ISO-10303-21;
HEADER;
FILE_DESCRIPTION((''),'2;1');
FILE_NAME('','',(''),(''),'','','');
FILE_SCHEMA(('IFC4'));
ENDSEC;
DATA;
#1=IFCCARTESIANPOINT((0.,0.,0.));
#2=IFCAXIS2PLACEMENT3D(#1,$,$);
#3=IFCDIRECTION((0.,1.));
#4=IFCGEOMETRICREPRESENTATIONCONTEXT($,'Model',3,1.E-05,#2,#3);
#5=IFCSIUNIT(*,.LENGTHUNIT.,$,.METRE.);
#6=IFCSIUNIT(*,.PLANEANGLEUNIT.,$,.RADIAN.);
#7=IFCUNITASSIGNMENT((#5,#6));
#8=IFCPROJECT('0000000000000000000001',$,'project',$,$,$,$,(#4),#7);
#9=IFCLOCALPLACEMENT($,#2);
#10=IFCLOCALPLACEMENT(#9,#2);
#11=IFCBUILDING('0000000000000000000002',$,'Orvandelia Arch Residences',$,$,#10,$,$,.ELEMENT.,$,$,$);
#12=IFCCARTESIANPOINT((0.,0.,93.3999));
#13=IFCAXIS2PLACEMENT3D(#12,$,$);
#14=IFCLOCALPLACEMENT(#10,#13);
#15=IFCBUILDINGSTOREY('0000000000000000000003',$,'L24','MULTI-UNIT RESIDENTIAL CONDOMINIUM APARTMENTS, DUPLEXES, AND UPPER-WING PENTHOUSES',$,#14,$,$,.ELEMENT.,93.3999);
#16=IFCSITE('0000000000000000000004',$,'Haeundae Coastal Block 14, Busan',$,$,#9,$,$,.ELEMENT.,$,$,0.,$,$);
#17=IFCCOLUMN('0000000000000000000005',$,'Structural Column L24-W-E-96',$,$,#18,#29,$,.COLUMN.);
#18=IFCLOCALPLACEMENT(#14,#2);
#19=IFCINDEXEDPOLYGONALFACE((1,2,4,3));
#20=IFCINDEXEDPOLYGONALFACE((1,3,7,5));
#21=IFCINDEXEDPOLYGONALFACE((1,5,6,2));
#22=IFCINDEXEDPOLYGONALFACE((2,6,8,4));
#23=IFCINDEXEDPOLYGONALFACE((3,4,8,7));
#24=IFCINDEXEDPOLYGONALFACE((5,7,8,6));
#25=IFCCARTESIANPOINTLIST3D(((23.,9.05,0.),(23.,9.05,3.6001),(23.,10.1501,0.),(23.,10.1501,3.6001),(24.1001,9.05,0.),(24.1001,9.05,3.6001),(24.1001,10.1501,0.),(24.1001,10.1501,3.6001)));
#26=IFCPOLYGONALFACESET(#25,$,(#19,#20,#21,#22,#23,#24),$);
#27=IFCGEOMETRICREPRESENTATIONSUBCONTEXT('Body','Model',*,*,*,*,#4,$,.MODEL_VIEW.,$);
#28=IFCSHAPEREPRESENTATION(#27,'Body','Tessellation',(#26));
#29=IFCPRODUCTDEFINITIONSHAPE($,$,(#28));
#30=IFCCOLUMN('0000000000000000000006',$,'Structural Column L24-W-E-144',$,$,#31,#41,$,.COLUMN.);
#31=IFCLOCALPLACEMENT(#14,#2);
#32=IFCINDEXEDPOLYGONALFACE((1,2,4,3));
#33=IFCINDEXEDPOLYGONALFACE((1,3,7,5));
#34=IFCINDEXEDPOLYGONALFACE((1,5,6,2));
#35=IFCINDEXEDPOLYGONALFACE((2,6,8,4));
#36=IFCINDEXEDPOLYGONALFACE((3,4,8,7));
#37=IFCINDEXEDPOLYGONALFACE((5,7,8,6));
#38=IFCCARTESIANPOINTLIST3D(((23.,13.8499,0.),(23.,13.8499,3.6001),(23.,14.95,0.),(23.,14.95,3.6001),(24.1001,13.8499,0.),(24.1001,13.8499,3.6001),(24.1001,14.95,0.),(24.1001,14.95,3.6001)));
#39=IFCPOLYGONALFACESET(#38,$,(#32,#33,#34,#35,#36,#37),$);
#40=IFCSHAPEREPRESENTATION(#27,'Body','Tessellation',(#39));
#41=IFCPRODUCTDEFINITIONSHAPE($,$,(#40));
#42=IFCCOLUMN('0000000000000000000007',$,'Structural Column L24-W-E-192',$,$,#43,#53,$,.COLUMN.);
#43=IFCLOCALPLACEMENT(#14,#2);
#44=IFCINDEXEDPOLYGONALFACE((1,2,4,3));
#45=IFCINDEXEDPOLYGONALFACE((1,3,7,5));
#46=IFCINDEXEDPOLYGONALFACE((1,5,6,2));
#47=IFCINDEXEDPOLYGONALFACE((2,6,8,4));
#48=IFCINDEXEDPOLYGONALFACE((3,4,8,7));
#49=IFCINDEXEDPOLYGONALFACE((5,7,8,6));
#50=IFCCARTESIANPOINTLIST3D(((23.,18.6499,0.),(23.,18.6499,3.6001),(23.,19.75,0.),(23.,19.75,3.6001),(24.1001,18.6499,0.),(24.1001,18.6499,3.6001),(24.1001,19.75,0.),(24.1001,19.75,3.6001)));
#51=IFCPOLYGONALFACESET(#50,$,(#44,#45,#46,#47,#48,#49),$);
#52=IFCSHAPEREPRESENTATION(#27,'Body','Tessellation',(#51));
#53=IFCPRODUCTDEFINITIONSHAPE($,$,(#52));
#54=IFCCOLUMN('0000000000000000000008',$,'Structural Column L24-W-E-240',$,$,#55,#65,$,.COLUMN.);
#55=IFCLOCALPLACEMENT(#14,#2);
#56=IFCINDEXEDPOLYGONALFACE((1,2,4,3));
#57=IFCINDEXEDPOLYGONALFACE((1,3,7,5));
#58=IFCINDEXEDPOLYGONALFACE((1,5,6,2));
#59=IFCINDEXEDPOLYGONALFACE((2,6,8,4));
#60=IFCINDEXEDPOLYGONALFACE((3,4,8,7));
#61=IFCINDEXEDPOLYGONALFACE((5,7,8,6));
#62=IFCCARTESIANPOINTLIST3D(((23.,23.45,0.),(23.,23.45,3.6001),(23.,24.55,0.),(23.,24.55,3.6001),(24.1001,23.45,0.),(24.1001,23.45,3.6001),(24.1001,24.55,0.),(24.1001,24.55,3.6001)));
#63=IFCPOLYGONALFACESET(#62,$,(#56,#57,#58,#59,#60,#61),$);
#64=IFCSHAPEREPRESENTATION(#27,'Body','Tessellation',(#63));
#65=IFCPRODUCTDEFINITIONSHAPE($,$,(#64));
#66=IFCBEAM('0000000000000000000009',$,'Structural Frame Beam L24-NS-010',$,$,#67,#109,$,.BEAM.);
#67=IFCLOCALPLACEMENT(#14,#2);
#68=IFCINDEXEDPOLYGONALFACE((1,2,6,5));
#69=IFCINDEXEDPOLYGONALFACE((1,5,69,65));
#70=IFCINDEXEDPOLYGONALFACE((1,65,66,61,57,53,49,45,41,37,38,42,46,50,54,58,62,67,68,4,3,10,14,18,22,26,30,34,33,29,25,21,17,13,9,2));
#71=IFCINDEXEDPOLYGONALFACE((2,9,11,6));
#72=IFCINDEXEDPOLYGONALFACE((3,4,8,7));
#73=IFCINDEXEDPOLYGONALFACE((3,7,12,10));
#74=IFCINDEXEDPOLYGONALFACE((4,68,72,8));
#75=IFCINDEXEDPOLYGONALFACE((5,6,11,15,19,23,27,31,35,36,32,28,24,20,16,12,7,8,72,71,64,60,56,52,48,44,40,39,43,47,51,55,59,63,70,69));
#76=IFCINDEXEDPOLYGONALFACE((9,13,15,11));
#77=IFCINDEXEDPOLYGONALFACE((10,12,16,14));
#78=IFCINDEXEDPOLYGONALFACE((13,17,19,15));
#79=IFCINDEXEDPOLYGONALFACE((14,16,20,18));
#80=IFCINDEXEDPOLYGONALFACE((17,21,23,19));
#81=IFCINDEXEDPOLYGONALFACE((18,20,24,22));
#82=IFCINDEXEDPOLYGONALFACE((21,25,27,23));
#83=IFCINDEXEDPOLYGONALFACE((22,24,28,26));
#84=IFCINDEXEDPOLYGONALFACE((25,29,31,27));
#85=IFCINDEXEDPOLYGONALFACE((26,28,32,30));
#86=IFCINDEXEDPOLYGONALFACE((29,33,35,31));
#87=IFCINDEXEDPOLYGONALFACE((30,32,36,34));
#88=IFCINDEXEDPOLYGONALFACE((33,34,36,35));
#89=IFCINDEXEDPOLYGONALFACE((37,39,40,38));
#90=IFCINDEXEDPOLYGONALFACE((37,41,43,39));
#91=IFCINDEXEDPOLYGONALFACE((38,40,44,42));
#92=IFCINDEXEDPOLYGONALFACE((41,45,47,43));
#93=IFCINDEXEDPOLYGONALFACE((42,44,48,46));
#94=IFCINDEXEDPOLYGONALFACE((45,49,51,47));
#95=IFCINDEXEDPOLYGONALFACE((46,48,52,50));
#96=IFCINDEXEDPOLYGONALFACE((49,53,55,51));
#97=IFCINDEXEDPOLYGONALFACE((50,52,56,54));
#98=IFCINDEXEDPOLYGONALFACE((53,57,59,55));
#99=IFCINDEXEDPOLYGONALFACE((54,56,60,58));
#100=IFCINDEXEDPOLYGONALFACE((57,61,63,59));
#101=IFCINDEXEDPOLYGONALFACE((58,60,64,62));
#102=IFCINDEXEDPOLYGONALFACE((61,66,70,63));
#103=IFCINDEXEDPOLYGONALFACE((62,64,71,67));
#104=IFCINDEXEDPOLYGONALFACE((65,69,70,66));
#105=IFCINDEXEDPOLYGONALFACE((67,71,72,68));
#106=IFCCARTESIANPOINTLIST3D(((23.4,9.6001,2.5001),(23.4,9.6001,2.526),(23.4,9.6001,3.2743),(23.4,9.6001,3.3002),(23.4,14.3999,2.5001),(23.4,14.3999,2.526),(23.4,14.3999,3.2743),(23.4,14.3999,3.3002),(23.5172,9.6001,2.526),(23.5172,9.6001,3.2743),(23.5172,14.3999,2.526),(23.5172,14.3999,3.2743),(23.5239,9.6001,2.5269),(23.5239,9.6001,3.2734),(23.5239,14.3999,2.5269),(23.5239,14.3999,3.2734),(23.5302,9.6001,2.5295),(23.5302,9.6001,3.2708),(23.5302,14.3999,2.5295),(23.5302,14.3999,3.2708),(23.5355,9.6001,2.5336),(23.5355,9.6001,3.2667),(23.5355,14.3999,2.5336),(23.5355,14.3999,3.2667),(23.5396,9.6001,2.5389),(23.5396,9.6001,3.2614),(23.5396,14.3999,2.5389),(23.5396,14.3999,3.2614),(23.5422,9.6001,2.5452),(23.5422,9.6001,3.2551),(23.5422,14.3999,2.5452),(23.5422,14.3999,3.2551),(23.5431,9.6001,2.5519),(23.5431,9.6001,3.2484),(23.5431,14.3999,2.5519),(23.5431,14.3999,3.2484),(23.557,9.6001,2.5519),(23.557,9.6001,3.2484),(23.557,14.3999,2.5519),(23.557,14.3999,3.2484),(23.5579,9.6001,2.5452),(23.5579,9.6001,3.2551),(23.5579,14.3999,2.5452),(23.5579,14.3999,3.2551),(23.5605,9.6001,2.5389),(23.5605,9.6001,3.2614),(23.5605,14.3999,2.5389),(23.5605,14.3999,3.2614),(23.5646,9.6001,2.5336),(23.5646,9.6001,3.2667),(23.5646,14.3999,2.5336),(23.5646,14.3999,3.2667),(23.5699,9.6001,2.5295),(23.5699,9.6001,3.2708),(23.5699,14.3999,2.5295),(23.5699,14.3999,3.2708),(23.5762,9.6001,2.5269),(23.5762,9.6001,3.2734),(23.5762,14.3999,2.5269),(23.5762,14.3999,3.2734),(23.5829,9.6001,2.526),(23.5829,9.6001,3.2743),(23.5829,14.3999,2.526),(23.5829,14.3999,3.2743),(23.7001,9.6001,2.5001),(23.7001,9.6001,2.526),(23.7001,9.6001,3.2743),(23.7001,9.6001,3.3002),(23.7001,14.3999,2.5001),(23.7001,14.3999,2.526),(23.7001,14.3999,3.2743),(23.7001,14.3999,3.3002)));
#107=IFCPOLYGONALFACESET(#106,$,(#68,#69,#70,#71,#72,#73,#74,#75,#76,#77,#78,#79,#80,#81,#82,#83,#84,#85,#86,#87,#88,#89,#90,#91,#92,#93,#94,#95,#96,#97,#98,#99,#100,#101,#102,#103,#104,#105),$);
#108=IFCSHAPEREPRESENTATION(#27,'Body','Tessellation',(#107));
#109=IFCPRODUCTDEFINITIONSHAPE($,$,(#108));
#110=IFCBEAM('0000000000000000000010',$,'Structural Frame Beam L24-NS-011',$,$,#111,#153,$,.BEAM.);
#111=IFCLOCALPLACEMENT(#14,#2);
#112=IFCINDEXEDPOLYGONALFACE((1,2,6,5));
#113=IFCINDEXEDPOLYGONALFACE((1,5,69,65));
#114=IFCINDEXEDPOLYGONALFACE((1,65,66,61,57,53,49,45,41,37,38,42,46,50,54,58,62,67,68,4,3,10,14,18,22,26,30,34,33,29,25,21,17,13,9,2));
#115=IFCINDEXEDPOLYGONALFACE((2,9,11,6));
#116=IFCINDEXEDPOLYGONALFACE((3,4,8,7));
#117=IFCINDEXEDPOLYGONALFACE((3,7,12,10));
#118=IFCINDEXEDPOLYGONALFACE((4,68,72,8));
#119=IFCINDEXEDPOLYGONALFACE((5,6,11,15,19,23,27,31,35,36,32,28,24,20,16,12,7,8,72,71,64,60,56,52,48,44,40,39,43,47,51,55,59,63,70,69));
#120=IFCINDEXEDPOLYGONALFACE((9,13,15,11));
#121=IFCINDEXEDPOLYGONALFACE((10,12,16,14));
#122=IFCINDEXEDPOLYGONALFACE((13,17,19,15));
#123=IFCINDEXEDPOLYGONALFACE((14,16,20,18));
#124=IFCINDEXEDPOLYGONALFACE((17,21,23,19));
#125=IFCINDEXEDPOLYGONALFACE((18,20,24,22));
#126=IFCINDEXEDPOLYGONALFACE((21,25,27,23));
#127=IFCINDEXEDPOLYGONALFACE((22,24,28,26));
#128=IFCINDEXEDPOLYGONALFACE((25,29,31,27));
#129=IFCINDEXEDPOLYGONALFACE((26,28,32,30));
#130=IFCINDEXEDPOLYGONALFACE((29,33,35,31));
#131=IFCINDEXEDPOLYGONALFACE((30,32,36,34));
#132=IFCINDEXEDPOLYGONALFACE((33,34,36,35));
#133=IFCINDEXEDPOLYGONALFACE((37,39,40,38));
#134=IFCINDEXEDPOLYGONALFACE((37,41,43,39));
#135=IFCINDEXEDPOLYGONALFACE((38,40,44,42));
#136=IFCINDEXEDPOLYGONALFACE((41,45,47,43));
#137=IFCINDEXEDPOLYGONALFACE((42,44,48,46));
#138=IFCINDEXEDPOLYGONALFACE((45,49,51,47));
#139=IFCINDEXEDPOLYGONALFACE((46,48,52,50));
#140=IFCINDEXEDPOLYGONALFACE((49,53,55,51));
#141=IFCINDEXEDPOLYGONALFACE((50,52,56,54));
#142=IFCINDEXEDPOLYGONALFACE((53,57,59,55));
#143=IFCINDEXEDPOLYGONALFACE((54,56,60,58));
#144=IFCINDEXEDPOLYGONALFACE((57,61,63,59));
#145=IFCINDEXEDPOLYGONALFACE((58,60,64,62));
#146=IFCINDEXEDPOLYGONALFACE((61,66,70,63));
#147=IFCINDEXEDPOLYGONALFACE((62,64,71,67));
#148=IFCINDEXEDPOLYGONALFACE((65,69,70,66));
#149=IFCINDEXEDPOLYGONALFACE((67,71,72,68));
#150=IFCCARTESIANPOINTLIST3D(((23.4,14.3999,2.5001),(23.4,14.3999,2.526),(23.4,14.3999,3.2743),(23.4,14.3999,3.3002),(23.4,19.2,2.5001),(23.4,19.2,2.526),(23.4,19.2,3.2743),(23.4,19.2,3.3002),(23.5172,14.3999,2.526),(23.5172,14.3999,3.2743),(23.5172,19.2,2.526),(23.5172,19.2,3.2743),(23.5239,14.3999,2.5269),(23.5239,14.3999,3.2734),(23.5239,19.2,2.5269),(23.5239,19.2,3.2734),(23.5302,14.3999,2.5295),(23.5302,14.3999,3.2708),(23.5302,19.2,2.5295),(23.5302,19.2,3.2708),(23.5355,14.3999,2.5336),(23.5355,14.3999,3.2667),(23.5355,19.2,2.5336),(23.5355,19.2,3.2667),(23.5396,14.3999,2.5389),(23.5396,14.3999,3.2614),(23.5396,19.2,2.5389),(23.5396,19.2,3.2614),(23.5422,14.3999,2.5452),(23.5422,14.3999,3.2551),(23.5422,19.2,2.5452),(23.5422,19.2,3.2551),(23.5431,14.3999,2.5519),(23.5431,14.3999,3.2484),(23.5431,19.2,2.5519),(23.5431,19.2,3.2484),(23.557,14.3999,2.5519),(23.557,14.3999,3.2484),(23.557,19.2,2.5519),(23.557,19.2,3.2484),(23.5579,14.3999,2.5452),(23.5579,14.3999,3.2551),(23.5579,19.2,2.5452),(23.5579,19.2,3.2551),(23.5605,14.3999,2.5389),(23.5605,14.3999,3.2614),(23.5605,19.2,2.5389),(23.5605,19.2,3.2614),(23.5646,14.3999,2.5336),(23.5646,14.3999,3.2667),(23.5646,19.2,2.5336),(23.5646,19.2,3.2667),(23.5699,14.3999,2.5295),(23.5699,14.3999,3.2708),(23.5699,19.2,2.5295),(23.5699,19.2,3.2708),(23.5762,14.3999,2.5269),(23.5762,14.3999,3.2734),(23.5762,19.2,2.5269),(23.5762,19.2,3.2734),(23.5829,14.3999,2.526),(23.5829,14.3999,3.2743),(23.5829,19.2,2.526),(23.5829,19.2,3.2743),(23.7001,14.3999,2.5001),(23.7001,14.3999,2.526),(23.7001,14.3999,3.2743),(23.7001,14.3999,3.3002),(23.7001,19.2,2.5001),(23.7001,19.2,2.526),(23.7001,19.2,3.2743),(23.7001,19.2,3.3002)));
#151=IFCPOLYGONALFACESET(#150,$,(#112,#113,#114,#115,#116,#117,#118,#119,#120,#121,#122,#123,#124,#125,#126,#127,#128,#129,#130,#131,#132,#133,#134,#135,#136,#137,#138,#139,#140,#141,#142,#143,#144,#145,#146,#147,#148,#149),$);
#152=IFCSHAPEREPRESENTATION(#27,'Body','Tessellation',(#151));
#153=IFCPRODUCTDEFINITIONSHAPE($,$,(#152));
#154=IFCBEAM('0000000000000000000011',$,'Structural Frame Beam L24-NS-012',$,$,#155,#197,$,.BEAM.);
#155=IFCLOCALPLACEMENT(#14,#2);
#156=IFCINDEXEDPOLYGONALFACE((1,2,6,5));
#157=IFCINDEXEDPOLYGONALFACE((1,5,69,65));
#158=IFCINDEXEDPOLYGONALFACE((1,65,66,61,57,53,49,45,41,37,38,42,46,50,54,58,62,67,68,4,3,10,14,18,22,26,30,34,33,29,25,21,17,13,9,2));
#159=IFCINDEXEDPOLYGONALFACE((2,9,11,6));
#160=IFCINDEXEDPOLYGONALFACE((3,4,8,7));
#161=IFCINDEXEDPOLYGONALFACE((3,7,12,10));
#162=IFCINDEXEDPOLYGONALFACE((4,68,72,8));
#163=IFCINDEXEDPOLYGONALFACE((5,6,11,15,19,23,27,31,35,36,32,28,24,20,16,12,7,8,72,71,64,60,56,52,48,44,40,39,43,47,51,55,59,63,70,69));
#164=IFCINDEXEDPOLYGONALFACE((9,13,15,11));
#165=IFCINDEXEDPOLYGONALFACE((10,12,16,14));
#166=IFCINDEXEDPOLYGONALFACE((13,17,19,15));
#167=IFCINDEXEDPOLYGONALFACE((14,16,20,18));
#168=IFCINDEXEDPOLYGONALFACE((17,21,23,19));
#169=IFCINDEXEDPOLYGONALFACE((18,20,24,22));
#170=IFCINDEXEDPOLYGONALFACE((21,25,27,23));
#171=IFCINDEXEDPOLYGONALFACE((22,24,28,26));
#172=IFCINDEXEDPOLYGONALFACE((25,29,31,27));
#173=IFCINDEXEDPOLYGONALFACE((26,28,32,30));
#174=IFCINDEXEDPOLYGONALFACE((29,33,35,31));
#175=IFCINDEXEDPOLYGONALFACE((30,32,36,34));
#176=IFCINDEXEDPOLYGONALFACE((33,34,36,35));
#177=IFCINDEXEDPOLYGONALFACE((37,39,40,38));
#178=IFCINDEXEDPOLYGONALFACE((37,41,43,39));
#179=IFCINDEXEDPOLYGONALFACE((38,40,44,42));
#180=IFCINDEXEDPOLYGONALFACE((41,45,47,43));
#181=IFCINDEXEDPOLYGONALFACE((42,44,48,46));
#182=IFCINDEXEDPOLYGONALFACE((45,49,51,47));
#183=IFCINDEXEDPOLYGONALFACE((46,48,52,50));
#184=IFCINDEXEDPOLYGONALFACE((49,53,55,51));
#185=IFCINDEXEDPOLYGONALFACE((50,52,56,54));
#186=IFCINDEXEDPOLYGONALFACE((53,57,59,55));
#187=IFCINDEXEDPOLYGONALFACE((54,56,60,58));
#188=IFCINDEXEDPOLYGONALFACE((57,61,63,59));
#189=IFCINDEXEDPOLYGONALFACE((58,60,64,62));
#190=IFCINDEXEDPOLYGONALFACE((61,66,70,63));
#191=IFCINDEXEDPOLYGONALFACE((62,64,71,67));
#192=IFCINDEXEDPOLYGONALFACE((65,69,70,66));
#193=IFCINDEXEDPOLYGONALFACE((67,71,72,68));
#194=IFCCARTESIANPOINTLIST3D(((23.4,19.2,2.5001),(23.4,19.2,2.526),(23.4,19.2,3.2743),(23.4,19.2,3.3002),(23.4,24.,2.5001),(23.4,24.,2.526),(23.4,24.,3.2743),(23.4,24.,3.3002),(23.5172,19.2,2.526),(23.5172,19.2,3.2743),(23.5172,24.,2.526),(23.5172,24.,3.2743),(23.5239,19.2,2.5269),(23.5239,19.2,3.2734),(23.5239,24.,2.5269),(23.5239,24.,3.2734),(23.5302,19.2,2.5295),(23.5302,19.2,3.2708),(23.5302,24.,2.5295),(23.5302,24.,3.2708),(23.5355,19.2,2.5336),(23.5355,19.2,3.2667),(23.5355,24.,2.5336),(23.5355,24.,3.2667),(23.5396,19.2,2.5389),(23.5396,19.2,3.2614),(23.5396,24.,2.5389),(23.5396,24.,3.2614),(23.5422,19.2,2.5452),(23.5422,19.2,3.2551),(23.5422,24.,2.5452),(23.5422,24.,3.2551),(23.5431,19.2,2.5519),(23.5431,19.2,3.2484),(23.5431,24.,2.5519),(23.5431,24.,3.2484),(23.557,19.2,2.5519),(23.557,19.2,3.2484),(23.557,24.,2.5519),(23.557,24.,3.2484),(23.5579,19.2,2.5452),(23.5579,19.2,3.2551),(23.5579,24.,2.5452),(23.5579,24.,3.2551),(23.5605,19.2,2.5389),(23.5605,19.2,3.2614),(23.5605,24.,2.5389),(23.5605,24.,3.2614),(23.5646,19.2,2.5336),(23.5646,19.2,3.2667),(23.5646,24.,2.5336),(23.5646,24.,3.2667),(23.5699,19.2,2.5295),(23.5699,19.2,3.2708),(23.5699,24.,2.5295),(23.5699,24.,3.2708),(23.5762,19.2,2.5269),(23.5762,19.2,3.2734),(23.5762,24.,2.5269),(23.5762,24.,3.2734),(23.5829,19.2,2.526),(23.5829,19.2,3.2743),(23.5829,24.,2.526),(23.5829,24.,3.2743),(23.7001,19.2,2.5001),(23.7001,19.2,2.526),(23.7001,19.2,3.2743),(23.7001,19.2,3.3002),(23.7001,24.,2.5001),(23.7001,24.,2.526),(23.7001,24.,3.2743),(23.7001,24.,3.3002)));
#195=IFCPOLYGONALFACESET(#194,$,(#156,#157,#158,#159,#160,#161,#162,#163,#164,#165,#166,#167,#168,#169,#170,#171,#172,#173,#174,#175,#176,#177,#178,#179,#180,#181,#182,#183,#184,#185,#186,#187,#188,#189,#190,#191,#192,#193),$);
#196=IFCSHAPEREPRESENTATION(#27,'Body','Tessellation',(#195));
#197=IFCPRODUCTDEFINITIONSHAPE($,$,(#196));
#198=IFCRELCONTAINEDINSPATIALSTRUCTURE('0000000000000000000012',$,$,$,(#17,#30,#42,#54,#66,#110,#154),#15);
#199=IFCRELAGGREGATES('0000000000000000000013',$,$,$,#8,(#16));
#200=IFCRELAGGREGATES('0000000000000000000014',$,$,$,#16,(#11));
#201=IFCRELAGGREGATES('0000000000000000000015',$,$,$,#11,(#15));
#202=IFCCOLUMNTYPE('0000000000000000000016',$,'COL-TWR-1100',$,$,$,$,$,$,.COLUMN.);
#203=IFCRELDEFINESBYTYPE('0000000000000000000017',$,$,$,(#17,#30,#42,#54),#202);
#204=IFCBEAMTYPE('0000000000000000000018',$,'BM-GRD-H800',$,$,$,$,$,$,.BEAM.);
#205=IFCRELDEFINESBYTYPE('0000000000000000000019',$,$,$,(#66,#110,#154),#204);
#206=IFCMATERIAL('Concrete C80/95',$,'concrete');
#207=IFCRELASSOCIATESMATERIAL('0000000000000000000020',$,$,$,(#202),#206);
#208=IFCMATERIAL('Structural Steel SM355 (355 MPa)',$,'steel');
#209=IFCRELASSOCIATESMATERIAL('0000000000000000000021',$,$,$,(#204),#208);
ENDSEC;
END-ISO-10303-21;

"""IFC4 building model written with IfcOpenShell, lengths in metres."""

from ifc_helpers import new_model, si_unit, direction, frame, origin, origin_2d, place, context, subcontext, project, spatial, rectangle, i_section, extrude, material, material_profile, profile_set, type_object, element, save


model = new_model("IFC4")

# Units and contexts
model_context = context("Model", 3, precision=1e-05, world=origin(), true_north=direction((0.0, 1.0)))
body_context = subcontext(model_context, "Body", "Model", "MODEL_VIEW")
ifc_project = project(units=[si_unit("LENGTHUNIT", "METRE"), si_unit("PLANEANGLEUNIT", "RADIAN")], contexts=[model_context])

# Site, building, storey
site_placement = place(None, origin())
site = spatial("IfcSite", under=ifc_project, at=site_placement, Name="Haeundae Coastal Block 14, Busan", CompositionType="ELEMENT", RefElevation=0.0)
building_placement = place(site_placement, origin())
building = spatial("IfcBuilding", under=site, at=building_placement, Name="Orvandelia Arch Residences", CompositionType="ELEMENT")
storey_placement = place(building_placement, frame((0.0, 0.0, 93.3999)))
storey = spatial("IfcBuildingStorey", under=building, at=storey_placement, Name="L24", Description="MULTI-UNIT RESIDENTIAL CONDOMINIUM APARTMENTS, DUPLEXES, AND UPPER-WING PENTHOUSES", CompositionType="ELEMENT", Elevation=93.3999)

# Columns
ifc_material_1 = material(Name="Concrete C80/95", Category="concrete")
ifc_material_profile_1 = material_profile(ifc_material_1, rectangle(XDim=1.1001, YDim=1.1001, at=origin_2d()), Name="Concrete C80/95", Category="concrete")
ifc_profile_set_1 = profile_set([ifc_material_profile_1], Name="Concrete C80/95")
column_type = type_object("IfcColumnType", Name="COL-TWR-1100", PredefinedType="COLUMN", material=ifc_profile_set_1)
for number, where, z_axis, x_axis, name in (
    (1, (23.55, 9.6001, 0.0), (0.0, 0.0, 1.0), (1.0, 0.0, 0.0), "Structural Column L24-W-E-96"),
    (2, (23.55, 14.3999, 0.0), (0.0, 0.0, 1.0), (1.0, 0.0, 0.0), "Structural Column L24-W-E-144"),
    (3, (23.55, 19.2, 0.0), (0.0, 0.0, 1.0), (1.0, 0.0, 0.0), "Structural Column L24-W-E-192"),
    (4, (23.55, 24.0, 0.0), (0.0, 0.0, 1.0), (1.0, 0.0, 0.0), "Structural Column L24-W-E-240"),
):
    element("IfcColumn", number, at=place(storey_placement, frame(where, z_axis=z_axis, x_axis=x_axis)), inside=storey, type_object=column_type, Name=name, PredefinedType="COLUMN", context=body_context, shape_type="SweptSolid", body=[
        extrude(rectangle(XDim=1.1001, YDim=1.1001, at=origin_2d()), origin(), (0.0, 0.0, 1.0), 3.6001),
    ])

# Beams
ifc_material_2 = material(Name="Structural Steel SM355 (355 MPa)", Category="steel")
ifc_material_profile_2 = material_profile(ifc_material_2, i_section(OverallWidth=0.3, OverallDepth=0.8, WebThickness=0.0139, FlangeThickness=0.0259, FilletRadius=0.0259, at=origin_2d()), Name="Structural Steel SM355 (355 MPa)", Category="steel")
ifc_profile_set_2 = profile_set([ifc_material_profile_2], Name="Structural Steel SM355 (355 MPa)")
beam_type = type_object("IfcBeamType", Name="BM-GRD-H800", PredefinedType="BEAM", material=ifc_profile_set_2)
beam_1_placement = place(storey_placement, frame((23.55, 9.6001, 2.9001), z_axis=(0.0, 1.0, 0.0), x_axis=(-1.0, 0.0, 0.0)))
element("IfcBeam", 5, at=beam_1_placement, inside=storey, type_object=beam_type, Name="Structural Frame Beam L24-NS-010", PredefinedType="BEAM", context=body_context, shape_type="SweptSolid", body=[
    extrude(i_section(OverallWidth=0.3, OverallDepth=0.8, WebThickness=0.0139, FlangeThickness=0.0259, FilletRadius=0.0259, at=origin_2d()), origin(), (0.0, 0.0, 1.0), 4.7998),
])
for number, where, z_axis, x_axis, name in (
    (6, (23.55, 14.3999, 2.9001), (0.0, 1.0, 0.0), (-1.0, 0.0, 0.0), "Structural Frame Beam L24-NS-011"),
    (7, (23.55, 19.2, 2.9001), (0.0, 1.0, 0.0), (-1.0, 0.0, 0.0), "Structural Frame Beam L24-NS-012"),
):
    element("IfcBeam", number, at=place(storey_placement, frame(where, z_axis=z_axis, x_axis=x_axis)), inside=storey, type_object=beam_type, Name=name, PredefinedType="BEAM", context=body_context, shape_type="SweptSolid", body=[
        extrude(i_section(OverallWidth=0.3, OverallDepth=0.8, WebThickness=0.0139, FlangeThickness=0.0259, FilletRadius=0.0259, at=origin_2d()), origin(), (0.0, 0.0, 1.0), 4.8),
    ])

save(model, "model.ifc")
